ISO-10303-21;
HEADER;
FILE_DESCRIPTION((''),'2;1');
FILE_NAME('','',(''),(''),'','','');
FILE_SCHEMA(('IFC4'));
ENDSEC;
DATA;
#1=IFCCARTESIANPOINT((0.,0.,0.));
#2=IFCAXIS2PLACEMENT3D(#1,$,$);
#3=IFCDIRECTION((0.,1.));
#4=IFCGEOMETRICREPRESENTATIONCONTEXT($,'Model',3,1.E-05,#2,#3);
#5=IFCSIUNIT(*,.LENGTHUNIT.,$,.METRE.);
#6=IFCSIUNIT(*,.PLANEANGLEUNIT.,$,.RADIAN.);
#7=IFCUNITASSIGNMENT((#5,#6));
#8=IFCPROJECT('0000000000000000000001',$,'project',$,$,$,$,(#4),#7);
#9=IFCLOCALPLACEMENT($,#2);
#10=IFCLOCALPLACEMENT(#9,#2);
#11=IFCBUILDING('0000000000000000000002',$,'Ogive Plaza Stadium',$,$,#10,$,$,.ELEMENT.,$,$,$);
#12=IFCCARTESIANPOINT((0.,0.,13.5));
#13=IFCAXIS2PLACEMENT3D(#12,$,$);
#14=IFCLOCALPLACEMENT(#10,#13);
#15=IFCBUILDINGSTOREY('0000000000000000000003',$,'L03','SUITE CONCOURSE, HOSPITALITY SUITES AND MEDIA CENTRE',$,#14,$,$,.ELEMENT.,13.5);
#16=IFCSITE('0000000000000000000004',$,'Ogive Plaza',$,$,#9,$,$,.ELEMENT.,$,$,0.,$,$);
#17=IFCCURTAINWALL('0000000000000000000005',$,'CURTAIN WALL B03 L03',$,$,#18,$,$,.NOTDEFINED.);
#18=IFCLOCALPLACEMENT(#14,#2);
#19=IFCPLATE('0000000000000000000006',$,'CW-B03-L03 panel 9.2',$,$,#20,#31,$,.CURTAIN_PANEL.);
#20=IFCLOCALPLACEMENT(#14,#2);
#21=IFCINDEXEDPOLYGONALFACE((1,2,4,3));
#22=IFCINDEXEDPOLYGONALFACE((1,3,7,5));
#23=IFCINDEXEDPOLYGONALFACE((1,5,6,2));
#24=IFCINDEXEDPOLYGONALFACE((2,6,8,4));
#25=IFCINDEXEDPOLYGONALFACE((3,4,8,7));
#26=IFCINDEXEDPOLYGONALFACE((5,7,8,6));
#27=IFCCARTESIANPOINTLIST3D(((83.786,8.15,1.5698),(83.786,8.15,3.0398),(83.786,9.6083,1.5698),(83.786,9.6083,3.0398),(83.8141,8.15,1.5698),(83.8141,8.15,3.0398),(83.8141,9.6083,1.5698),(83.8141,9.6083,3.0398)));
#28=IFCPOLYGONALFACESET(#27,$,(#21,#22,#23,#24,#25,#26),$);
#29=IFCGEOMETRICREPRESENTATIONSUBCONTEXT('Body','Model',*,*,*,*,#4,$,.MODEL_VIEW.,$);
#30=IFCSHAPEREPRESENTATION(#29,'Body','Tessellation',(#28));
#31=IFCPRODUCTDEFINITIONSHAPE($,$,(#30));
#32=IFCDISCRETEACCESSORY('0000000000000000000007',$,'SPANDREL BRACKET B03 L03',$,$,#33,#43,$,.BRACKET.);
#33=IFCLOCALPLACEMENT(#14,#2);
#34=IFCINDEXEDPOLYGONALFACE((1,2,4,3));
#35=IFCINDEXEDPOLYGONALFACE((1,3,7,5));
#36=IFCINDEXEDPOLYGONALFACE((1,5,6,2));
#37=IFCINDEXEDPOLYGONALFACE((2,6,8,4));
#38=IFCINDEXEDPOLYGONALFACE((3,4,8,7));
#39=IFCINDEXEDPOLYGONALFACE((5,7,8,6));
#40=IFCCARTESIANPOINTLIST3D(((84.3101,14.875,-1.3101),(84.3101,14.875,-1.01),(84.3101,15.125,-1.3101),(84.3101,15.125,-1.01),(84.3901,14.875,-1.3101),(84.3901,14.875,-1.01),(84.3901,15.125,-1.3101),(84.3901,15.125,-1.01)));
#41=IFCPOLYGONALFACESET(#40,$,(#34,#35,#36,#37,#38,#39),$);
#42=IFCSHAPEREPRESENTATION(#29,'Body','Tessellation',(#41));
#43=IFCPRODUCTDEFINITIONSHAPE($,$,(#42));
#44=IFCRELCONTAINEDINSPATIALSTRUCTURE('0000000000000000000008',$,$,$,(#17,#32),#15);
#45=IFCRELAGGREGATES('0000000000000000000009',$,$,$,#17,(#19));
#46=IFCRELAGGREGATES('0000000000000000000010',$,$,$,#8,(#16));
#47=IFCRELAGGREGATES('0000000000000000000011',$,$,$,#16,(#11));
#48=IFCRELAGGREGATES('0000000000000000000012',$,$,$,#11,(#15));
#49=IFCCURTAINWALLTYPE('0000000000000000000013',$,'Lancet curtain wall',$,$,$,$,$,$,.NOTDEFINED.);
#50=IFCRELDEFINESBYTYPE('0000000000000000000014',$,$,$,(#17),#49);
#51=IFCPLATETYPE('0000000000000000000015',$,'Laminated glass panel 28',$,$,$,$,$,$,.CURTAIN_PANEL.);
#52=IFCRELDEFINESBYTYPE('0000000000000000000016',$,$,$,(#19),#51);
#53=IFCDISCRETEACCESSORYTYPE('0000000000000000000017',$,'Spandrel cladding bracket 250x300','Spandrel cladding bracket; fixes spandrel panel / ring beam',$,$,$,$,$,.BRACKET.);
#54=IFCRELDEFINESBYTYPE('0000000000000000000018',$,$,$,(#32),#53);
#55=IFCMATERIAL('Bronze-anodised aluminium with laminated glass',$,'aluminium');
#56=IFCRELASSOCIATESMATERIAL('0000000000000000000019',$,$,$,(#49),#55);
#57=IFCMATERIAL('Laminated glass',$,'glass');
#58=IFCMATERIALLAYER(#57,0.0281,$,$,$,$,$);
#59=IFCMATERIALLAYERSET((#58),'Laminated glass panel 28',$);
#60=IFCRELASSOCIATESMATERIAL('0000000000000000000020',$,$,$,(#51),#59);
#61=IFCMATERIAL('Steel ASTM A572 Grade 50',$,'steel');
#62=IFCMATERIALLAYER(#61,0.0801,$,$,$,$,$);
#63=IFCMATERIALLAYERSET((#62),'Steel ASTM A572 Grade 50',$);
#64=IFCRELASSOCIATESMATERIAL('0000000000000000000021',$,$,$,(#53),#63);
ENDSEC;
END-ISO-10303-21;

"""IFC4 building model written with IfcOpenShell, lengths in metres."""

from ifc_helpers import new_model, si_unit, direction, frame, origin, origin_2d, place, context, subcontext, project, spatial, rectangle, extrude, material, layer, layer_set, type_object, element, aggregate, save


model = new_model("IFC4")

# Units and contexts
model_context = context("Model", 3, precision=1e-05, world=origin(), true_north=direction((0.0, 1.0)))
body_context = subcontext(model_context, "Body", "Model", "MODEL_VIEW")
ifc_project = project(units=[si_unit("LENGTHUNIT", "METRE"), si_unit("PLANEANGLEUNIT", "RADIAN")], contexts=[model_context])

# Site, building, storey
site_placement = place(None, origin())
site = spatial("IfcSite", under=ifc_project, at=site_placement, Name="Ogive Plaza", CompositionType="ELEMENT", RefElevation=0.0)
building_placement = place(site_placement, origin())
building = spatial("IfcBuilding", under=site, at=building_placement, Name="Ogive Plaza Stadium", CompositionType="ELEMENT")
storey_placement = place(building_placement, frame((0.0, 0.0, 13.5)))
storey = spatial("IfcBuildingStorey", under=building, at=storey_placement, Name="L03", Description="SUITE CONCOURSE, HOSPITALITY SUITES AND MEDIA CENTRE", CompositionType="ELEMENT", Elevation=13.5)

# Curtain wall, plate
ifc_material_1 = material(Name="Bronze-anodised aluminium with laminated glass", Category="aluminium")
curtain_wall_type = type_object("IfcCurtainWallType", Name="Lancet curtain wall", PredefinedType="NOTDEFINED", material=ifc_material_1)
curtain_wall_placement = place(storey_placement, origin())
curtain_wall = element("IfcCurtainWall", 1, at=curtain_wall_placement, inside=storey, type_object=curtain_wall_type, Name="CURTAIN WALL B03 L03", PredefinedType="NOTDEFINED")
ifc_material_2 = material(Name="Laminated glass", Category="glass")
ifc_layer_1 = layer(ifc_material_2, 0.0281)
ifc_layer_set_1 = layer_set([ifc_layer_1], Name="Laminated glass panel 28")
plate_type = type_object("IfcPlateType", Name="Laminated glass panel 28", PredefinedType="CURTAIN_PANEL", material=ifc_layer_set_1)
plate_1_placement = place(storey_placement, frame((83.8, 8.8792, 1.5698), z_axis=(0.0, 0.0, 1.0), x_axis=(0.0, -1.0, 0.0)))
plate_1 = element("IfcPlate", 2, at=plate_1_placement, type_object=plate_type, Name="CW-B03-L03 panel 9.2", PredefinedType="CURTAIN_PANEL", context=body_context, shape_type="SweptSolid", body=[
    extrude(rectangle(XDim=1.4583, YDim=0.0281, at=origin_2d()), origin(), (0.0, 0.0, 1.0), 1.47),
])
aggregate(curtain_wall, [plate_1])

# Discrete accessory
ifc_material_3 = material(Name="Steel ASTM A572 Grade 50", Category="steel")
ifc_layer_2 = layer(ifc_material_3, 0.0801)
ifc_layer_set_2 = layer_set([ifc_layer_2], Name="Steel ASTM A572 Grade 50")
discrete_accessory_type = type_object("IfcDiscreteAccessoryType", Name="Spandrel cladding bracket 250x300", Description="Spandrel cladding bracket; fixes spandrel panel / ring beam", PredefinedType="BRACKET", material=ifc_layer_set_2)
discrete_accessory_placement = place(storey_placement, frame((84.3501, 15.0, -1.3101), z_axis=(0.0, 0.0, 1.0), x_axis=(0.0, -1.0, 0.0)))
element("IfcDiscreteAccessory", 3, at=discrete_accessory_placement, inside=storey, type_object=discrete_accessory_type, Name="SPANDREL BRACKET B03 L03", PredefinedType="BRACKET", context=body_context, shape_type="SweptSolid", body=[
    extrude(rectangle(XDim=0.25, YDim=0.0801, at=origin_2d()), origin(), (0.0, 0.0, 1.0), 0.3),
])

save(model, "model.ifc")
